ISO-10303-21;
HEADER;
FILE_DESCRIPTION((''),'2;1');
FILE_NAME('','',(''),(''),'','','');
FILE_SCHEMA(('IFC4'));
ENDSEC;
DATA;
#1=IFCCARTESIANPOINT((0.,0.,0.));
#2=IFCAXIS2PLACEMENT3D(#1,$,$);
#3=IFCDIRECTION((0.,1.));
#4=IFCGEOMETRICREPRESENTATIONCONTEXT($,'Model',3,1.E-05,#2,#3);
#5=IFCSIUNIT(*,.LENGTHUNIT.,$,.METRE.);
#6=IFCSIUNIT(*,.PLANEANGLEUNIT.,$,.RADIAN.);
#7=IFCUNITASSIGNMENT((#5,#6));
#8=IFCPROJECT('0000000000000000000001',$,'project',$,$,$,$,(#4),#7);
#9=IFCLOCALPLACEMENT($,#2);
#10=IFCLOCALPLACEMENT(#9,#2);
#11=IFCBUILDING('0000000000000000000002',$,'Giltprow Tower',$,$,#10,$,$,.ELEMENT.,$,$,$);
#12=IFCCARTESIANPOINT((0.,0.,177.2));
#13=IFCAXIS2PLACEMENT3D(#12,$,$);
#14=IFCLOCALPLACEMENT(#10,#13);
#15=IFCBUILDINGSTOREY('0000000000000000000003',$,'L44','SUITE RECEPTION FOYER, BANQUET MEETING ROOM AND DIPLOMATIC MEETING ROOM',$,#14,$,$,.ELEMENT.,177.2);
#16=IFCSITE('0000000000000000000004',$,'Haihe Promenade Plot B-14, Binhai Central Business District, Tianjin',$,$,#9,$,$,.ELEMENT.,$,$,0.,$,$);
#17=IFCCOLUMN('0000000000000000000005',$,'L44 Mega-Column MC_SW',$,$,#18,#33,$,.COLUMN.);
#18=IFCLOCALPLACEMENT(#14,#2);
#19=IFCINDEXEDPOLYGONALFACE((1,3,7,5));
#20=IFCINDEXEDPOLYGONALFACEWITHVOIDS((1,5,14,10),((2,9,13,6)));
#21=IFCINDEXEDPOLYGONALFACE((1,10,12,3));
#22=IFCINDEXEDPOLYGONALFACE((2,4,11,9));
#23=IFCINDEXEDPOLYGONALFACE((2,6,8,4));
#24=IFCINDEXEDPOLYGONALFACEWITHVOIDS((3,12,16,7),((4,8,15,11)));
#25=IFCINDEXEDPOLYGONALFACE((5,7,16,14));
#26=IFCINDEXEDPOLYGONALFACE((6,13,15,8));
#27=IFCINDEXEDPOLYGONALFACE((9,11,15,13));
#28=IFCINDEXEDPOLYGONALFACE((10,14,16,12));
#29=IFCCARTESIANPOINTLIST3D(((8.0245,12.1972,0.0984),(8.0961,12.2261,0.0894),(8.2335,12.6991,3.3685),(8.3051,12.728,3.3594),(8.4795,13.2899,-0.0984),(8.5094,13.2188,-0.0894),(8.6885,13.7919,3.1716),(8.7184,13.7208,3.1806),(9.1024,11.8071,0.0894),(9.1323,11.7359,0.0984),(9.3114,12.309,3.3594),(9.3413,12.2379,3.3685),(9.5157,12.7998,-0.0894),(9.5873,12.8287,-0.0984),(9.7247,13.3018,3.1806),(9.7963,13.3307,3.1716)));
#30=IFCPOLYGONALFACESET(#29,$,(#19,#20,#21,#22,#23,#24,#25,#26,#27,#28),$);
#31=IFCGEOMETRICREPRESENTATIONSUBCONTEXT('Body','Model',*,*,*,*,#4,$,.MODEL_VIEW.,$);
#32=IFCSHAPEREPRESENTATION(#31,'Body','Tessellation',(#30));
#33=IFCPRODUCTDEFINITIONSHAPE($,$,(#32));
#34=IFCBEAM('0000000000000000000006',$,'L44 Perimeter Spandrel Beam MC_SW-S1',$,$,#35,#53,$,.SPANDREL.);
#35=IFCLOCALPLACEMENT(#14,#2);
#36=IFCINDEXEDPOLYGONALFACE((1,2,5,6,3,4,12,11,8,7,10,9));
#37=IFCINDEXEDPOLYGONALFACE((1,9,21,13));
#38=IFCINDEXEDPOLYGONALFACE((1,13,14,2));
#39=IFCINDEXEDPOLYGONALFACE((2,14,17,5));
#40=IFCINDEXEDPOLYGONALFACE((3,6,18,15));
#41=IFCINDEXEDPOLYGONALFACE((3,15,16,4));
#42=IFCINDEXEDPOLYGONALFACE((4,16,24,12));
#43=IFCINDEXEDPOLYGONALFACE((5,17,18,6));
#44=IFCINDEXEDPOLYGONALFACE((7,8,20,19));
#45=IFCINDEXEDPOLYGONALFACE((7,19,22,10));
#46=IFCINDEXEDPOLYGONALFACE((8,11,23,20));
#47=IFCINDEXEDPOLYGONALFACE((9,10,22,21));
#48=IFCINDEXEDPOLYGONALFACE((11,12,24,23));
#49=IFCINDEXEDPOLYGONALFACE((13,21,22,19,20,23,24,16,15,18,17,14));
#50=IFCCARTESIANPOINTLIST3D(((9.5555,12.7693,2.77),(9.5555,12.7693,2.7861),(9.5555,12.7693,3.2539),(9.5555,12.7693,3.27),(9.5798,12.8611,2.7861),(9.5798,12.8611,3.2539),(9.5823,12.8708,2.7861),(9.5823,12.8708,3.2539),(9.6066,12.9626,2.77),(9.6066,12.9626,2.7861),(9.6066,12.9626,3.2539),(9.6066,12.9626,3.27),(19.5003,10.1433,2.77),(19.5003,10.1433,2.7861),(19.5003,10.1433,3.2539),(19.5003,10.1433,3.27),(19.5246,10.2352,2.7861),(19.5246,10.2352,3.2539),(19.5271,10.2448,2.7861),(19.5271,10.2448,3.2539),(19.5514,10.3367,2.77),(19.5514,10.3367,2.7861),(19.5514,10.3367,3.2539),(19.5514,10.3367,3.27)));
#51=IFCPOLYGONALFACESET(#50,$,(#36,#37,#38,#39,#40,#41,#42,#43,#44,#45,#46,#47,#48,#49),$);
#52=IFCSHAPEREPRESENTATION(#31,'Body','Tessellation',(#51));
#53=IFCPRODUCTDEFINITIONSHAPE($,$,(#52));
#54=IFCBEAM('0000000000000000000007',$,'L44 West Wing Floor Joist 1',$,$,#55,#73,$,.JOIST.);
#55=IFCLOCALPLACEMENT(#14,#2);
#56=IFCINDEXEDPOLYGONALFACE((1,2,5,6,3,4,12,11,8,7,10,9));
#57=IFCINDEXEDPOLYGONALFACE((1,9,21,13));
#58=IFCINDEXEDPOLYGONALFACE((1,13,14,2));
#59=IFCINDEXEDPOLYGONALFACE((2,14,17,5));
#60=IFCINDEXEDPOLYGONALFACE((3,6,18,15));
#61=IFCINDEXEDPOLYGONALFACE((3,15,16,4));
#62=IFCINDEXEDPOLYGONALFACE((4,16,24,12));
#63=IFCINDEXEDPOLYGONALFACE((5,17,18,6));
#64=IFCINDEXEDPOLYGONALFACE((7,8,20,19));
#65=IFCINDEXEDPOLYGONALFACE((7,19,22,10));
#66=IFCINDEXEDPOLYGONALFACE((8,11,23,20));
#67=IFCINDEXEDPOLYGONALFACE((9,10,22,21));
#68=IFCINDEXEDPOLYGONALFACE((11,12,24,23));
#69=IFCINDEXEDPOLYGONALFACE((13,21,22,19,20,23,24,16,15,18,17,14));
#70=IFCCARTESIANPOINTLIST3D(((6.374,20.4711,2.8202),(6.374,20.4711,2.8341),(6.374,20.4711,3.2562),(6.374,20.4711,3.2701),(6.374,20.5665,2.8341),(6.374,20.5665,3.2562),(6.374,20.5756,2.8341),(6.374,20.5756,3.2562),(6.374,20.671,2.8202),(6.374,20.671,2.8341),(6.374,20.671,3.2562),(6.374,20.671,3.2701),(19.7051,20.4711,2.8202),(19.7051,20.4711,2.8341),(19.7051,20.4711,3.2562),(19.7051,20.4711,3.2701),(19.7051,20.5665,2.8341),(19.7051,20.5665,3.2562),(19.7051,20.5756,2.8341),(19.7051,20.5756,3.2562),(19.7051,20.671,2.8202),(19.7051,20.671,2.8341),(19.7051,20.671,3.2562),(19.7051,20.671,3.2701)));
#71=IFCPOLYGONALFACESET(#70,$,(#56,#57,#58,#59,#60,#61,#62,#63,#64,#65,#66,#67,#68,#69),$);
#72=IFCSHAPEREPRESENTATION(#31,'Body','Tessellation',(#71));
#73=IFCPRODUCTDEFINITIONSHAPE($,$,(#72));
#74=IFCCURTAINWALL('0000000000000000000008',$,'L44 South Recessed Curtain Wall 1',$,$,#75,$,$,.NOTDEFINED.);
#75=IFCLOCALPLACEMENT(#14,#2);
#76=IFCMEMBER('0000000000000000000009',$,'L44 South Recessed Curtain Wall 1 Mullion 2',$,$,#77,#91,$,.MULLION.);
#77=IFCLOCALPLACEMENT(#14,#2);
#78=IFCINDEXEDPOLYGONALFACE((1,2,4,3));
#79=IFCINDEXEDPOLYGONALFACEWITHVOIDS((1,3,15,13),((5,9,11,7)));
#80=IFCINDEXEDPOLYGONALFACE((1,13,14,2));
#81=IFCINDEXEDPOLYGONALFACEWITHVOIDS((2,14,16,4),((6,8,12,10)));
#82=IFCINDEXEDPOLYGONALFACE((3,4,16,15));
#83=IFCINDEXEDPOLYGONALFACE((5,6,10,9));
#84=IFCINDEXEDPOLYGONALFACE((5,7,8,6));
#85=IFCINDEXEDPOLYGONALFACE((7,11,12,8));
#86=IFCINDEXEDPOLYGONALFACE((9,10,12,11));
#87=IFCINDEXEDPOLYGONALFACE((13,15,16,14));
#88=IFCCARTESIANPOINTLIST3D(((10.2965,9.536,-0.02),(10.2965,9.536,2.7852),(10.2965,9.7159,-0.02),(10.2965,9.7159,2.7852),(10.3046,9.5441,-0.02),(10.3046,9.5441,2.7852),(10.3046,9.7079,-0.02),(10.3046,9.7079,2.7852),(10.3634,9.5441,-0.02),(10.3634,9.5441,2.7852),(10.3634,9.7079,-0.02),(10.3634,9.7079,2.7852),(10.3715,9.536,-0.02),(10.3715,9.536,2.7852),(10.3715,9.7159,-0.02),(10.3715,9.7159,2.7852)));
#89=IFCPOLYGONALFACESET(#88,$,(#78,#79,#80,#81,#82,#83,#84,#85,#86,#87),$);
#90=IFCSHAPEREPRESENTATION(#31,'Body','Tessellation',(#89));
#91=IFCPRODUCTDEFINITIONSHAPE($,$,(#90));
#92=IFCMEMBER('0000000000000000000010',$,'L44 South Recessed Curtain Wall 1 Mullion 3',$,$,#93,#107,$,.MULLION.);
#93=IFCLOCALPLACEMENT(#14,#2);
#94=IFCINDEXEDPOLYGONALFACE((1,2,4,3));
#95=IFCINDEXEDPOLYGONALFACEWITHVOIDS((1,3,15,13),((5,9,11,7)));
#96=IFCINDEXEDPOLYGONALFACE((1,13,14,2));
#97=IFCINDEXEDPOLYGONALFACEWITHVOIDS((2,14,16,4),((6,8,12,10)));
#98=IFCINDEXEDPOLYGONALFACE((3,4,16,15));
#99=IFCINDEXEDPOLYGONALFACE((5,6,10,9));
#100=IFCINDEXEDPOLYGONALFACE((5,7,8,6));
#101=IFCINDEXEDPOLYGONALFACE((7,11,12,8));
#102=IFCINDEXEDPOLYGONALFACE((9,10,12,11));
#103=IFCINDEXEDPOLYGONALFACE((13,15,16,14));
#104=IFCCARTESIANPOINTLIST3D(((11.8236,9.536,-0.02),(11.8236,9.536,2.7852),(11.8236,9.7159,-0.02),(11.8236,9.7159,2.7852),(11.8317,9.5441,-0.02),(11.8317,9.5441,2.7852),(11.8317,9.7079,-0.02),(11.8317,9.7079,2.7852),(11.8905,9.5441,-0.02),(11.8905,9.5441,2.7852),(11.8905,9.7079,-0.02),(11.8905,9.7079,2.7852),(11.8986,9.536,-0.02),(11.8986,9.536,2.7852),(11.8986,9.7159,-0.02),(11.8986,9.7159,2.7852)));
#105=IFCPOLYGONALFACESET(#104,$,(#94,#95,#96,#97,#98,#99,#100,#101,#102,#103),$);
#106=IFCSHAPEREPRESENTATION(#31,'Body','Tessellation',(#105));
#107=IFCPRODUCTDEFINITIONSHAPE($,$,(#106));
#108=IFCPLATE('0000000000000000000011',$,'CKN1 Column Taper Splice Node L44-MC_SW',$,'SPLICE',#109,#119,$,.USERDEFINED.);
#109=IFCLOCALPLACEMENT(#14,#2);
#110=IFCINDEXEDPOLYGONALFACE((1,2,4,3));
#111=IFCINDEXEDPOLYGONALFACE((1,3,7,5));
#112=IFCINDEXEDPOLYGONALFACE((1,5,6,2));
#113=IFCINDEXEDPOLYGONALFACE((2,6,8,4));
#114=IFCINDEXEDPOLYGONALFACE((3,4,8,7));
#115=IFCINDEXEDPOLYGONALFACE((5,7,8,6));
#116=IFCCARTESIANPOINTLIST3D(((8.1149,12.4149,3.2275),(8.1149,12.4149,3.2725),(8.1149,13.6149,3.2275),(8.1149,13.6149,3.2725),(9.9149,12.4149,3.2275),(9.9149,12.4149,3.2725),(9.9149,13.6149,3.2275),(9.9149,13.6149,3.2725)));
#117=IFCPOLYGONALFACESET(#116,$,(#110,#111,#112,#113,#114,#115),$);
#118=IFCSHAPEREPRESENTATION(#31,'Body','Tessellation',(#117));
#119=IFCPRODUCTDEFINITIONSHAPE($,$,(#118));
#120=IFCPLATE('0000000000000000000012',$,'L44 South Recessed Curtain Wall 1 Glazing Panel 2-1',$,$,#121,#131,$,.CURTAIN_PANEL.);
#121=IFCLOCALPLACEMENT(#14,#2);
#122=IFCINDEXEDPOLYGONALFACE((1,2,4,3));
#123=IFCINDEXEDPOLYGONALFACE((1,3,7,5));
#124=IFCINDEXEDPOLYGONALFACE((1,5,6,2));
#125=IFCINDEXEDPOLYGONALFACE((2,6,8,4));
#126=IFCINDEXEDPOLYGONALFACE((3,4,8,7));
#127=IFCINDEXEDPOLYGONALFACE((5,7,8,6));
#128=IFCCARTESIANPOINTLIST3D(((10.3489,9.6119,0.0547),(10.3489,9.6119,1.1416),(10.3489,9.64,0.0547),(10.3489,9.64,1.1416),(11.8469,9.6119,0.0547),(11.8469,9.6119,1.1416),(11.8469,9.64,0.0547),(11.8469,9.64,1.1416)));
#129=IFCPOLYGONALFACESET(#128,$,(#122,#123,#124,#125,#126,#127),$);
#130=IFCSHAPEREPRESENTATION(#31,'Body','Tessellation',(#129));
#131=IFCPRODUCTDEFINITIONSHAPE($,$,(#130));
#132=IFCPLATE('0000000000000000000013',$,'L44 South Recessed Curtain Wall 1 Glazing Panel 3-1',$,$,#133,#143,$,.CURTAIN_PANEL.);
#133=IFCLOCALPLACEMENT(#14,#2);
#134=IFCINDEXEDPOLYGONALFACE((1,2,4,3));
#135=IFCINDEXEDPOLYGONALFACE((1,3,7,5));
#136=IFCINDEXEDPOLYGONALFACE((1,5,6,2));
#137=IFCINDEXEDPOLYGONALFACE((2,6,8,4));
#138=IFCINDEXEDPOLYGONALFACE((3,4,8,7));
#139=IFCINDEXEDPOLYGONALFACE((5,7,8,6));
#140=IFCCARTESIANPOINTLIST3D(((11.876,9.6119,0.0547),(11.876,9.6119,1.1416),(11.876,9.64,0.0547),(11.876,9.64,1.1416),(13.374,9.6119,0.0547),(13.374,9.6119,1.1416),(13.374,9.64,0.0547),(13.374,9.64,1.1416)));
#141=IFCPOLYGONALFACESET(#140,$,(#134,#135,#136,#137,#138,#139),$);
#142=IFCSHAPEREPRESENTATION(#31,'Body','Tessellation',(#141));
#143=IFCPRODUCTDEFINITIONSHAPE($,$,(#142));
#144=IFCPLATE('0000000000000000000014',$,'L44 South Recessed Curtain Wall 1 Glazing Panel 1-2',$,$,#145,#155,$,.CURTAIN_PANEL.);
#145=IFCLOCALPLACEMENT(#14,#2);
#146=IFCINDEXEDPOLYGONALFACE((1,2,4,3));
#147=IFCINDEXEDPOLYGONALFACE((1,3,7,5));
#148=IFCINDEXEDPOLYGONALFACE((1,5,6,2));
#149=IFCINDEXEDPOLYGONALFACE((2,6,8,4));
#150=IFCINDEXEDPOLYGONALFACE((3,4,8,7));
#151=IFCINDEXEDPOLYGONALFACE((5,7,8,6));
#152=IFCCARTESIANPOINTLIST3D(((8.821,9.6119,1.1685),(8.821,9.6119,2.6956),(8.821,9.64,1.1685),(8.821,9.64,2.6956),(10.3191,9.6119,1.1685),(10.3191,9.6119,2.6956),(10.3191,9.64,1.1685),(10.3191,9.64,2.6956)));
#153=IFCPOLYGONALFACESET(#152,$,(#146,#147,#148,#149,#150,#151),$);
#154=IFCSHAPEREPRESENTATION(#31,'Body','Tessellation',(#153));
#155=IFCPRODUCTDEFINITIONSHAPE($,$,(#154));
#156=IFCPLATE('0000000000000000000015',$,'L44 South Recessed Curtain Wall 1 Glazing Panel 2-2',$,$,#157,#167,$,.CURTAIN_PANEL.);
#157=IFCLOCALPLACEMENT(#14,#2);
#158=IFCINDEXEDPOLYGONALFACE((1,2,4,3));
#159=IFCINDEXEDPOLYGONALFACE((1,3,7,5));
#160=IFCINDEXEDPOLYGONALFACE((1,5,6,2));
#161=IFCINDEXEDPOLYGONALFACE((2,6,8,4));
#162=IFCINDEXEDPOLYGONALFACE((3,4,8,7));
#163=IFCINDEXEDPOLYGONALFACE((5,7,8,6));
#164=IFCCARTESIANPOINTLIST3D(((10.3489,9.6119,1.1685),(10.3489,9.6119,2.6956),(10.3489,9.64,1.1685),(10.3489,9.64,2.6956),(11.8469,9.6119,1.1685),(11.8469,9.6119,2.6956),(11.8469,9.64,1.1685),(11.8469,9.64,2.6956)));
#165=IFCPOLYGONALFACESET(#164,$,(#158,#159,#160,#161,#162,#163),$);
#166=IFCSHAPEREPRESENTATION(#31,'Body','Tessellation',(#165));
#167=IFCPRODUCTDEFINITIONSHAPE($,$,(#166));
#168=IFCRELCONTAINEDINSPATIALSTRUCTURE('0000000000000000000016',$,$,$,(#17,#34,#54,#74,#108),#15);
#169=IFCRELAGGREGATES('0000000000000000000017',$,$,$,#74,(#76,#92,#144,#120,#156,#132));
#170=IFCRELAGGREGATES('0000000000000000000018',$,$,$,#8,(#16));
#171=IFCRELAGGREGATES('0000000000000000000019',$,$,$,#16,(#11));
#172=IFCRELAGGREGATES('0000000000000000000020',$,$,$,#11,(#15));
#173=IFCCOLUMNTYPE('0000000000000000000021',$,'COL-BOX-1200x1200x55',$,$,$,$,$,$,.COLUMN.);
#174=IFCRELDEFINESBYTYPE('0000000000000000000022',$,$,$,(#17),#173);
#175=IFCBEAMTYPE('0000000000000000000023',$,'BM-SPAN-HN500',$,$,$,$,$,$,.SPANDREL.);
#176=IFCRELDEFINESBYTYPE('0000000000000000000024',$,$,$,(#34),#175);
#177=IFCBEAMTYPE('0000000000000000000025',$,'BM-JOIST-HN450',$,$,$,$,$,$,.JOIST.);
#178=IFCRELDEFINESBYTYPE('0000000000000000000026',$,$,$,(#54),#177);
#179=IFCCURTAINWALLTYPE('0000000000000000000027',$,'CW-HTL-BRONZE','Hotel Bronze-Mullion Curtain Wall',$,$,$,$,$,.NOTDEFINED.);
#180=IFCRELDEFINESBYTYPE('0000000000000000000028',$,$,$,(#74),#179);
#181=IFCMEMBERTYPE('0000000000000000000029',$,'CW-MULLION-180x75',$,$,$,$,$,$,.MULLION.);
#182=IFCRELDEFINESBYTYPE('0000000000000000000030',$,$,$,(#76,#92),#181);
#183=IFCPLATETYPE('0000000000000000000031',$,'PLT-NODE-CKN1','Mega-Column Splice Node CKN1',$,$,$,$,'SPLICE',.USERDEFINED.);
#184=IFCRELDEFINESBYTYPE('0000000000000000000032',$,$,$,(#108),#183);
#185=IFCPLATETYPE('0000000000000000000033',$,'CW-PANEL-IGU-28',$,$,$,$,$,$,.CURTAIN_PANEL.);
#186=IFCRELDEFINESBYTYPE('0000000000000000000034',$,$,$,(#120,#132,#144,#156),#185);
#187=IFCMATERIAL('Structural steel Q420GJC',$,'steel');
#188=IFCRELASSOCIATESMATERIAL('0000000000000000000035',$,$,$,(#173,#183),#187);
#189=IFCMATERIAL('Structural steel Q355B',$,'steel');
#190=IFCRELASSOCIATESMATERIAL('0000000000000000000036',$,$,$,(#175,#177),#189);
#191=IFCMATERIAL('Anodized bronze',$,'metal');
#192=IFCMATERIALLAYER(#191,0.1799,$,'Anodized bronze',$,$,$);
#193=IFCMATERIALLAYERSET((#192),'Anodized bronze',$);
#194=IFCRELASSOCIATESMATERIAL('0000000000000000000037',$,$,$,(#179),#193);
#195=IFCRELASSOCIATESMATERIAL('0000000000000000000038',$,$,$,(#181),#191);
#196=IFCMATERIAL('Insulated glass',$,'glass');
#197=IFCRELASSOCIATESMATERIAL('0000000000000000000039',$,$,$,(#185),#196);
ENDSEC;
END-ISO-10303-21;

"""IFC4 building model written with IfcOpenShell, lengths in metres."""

from ifc_helpers import new_model, si_unit, direction, frame, origin, origin_2d, place, context, subcontext, project, spatial, rectangle, hollow_rectangle, i_section, extrude, source, transform, mapped, material, layer, layer_set, material_profile, profile_set, type_object, element, aggregate, save


model = new_model("IFC4")

# Units and contexts
model_context = context("Model", 3, precision=1e-05, world=origin(), true_north=direction((0.0, 1.0)))
body_context = subcontext(model_context, "Body", "Model", "MODEL_VIEW")
ifc_project = project(units=[si_unit("LENGTHUNIT", "METRE"), si_unit("PLANEANGLEUNIT", "RADIAN")], contexts=[model_context])

# Site, building, storey
site_placement = place(None, origin())
site = spatial("IfcSite", under=ifc_project, at=site_placement, Name="Haihe Promenade Plot B-14, Binhai Central Business District, Tianjin", CompositionType="ELEMENT", RefElevation=0.0)
building_placement = place(site_placement, origin())
building = spatial("IfcBuilding", under=site, at=building_placement, Name="Giltprow Tower", CompositionType="ELEMENT")
storey_placement = place(building_placement, frame((0.0, 0.0, 177.2)))
storey = spatial("IfcBuildingStorey", under=building, at=storey_placement, Name="L44", Description="SUITE RECEPTION FOYER, BANQUET MEETING ROOM AND DIPLOMATIC MEETING ROOM", CompositionType="ELEMENT", Elevation=177.2)

# Column
ifc_material_1 = material(Name="Structural steel Q420GJC", Category="steel")
ifc_material_profile_1 = material_profile(ifc_material_1, hollow_rectangle(XDim=1.2, YDim=1.2, WallThickness=0.0549, at=origin_2d()), Name="BOX 1200x1200x55")
ifc_profile_set_1 = profile_set([ifc_material_profile_1], Name="Structural steel Q420GJC")
column_type = type_object("IfcColumnType", Name="COL-BOX-1200x1200x55", PredefinedType="COLUMN", material=ifc_profile_set_1)
shared_shape_1 = source(origin(), body_context, "Body", "SweptSolid", [
    extrude(hollow_rectangle(XDim=1.2, YDim=1.2, WallThickness=0.0549, at=origin_2d()), origin(), (0.0, 0.0, 1.0), 3.3149),
])
column_placement = place(storey_placement, frame((8.8059, 12.5129, 0.0), z_axis=(0.063044, 0.151423, 0.986457), x_axis=(-0.923183, 0.38436, 0.0)))
element("IfcColumn", 1, at=column_placement, inside=storey, type_object=column_type, Name="L44 Mega-Column MC_SW", PredefinedType="COLUMN", context=body_context, shape_type="MappedRepresentation", body=[
    mapped(shared_shape_1, transform((0.0, 0.0, 0.0), x_axis=(1.0, 0.0, 0.0), y_axis=(0.0, 1.0, 0.0), z_axis=(0.0, 0.0, 1.0), scale=1.0)),
])

# Beams
ifc_material_2 = material(Name="Structural steel Q355B", Category="steel")
ifc_material_profile_2 = material_profile(ifc_material_2, i_section(OverallWidth=0.2, OverallDepth=0.5, WebThickness=0.01, FlangeThickness=0.0161, at=origin_2d()), Name="HN 500x200x10x16")
ifc_profile_set_2 = profile_set([ifc_material_profile_2], Name="Structural steel Q355B")
beam_type_1 = type_object("IfcBeamType", Name="BM-SPAN-HN500", PredefinedType="SPANDREL", material=ifc_profile_set_2)
shared_shape_2 = source(origin(), body_context, "Body", "SweptSolid", [
    extrude(i_section(OverallWidth=0.2, OverallDepth=0.5, WebThickness=0.01, FlangeThickness=0.0161, at=origin_2d()), origin(), (0.0, 0.0, 1.0), 10.2856),
])
beam_1_placement = place(storey_placement, frame((9.5811, 12.866, 3.02), z_axis=(0.966861, -0.255304, 0.0), x_axis=(0.255304, 0.966861, 0.0)))
element("IfcBeam", 2, at=beam_1_placement, inside=storey, type_object=beam_type_1, Name="L44 Perimeter Spandrel Beam MC_SW-S1", PredefinedType="SPANDREL", context=body_context, shape_type="MappedRepresentation", body=[
    mapped(shared_shape_2, transform((0.0, 0.0, 0.0), x_axis=(1.0, 0.0, 0.0), y_axis=(0.0, 1.0, 0.0), z_axis=(0.0, 0.0, 1.0), scale=1.0)),
])
ifc_material_profile_3 = material_profile(ifc_material_2, i_section(OverallWidth=0.2, OverallDepth=0.45, WebThickness=0.009, FlangeThickness=0.0139, at=origin_2d()), Name="HN 450x200x9x14")
ifc_profile_set_3 = profile_set([ifc_material_profile_3], Name="Structural steel Q355B")
beam_type_2 = type_object("IfcBeamType", Name="BM-JOIST-HN450", PredefinedType="JOIST", material=ifc_profile_set_3)
shared_shape_3 = source(origin(), body_context, "Body", "SweptSolid", [
    extrude(i_section(OverallWidth=0.2, OverallDepth=0.45, WebThickness=0.009, FlangeThickness=0.0139, at=origin_2d()), origin(), (0.0, 0.0, 1.0), 13.3311),
])
beam_2_placement = place(storey_placement, frame((6.374, 20.571, 3.0452), z_axis=(1.0, 0.0, 0.0), x_axis=(0.0, 1.0, 0.0)))
element("IfcBeam", 3, at=beam_2_placement, inside=storey, type_object=beam_type_2, Name="L44 West Wing Floor Joist 1", PredefinedType="JOIST", context=body_context, shape_type="MappedRepresentation", body=[
    mapped(shared_shape_3, transform((0.0, 0.0, 0.0), x_axis=(1.0, 0.0, 0.0), y_axis=(0.0, 1.0, 0.0), z_axis=(0.0, 0.0, 1.0), scale=1.0)),
])

# Curtain wall, members
ifc_material_3 = material(Name="Anodized bronze", Category="metal")
ifc_layer_1 = layer(ifc_material_3, 0.1799, Name="Anodized bronze")
ifc_layer_set_1 = layer_set([ifc_layer_1], Name="Anodized bronze")
curtain_wall_type = type_object("IfcCurtainWallType", Name="CW-HTL-BRONZE", Description="Hotel Bronze-Mullion Curtain Wall", PredefinedType="NOTDEFINED", material=ifc_layer_set_1)
curtain_wall_placement = place(storey_placement, origin())
curtain_wall = element("IfcCurtainWall", 4, at=curtain_wall_placement, inside=storey, type_object=curtain_wall_type, Name="L44 South Recessed Curtain Wall 1", PredefinedType="NOTDEFINED")
ifc_material_profile_4 = material_profile(ifc_material_3, hollow_rectangle(XDim=0.075, YDim=0.1799, WallThickness=0.0081, at=origin_2d()), Name="RHS 180x75x8")
ifc_profile_set_4 = profile_set([ifc_material_profile_4], Name="Anodized bronze")
member_type = type_object("IfcMemberType", Name="CW-MULLION-180x75", PredefinedType="MULLION", material=ifc_profile_set_4)
shared_shape_4 = source(origin(), body_context, "Body", "SweptSolid", [
    extrude(hollow_rectangle(XDim=0.075, YDim=0.1799, WallThickness=0.0081, at=origin_2d()), origin(), (0.0, 0.0, 1.0), 2.8052),
])
member_1_placement = place(storey_placement, frame((10.334, 9.626, -0.02), z_axis=(0.0, 0.0, 1.0), x_axis=(1.0, 0.0, 0.0)))
member_1 = element("IfcMember", 5, at=member_1_placement, type_object=member_type, Name="L44 South Recessed Curtain Wall 1 Mullion 2", PredefinedType="MULLION", context=body_context, shape_type="MappedRepresentation", body=[
    mapped(shared_shape_4, transform((0.0, 0.0, 0.0), x_axis=(1.0, 0.0, 0.0), y_axis=(0.0, 1.0, 0.0), z_axis=(0.0, 0.0, 1.0), scale=1.0)),
])
member_2_placement = place(storey_placement, frame((11.8611, 9.626, -0.02), z_axis=(0.0, 0.0, 1.0), x_axis=(1.0, 0.0, 0.0)))
member_2 = element("IfcMember", 6, at=member_2_placement, type_object=member_type, Name="L44 South Recessed Curtain Wall 1 Mullion 3", PredefinedType="MULLION", context=body_context, shape_type="MappedRepresentation", body=[
    mapped(shared_shape_4, transform((0.0, 0.0, 0.0), x_axis=(1.0, 0.0, 0.0), y_axis=(0.0, 1.0, 0.0), z_axis=(0.0, 0.0, 1.0), scale=1.0)),
])

# Plates
plate_type_1 = type_object("IfcPlateType", Name="PLT-NODE-CKN1", Description="Mega-Column Splice Node CKN1", ElementType="SPLICE", PredefinedType="USERDEFINED", material=ifc_material_1)
shared_shape_5 = source(origin(), body_context, "Body", "SweptSolid", [
    extrude(rectangle(XDim=1.8, YDim=1.2, at=origin_2d()), origin(), (0.0, 0.0, 1.0), 0.0449),
])
plate_1_placement = place(storey_placement, frame((9.0149, 13.0149, 3.2275), z_axis=(0.0, 0.0, 1.0), x_axis=(1.0, 0.0, 0.0)))
element("IfcPlate", 7, at=plate_1_placement, inside=storey, type_object=plate_type_1, Name="CKN1 Column Taper Splice Node L44-MC_SW", ObjectType="SPLICE", PredefinedType="USERDEFINED", context=body_context, shape_type="MappedRepresentation", body=[
    mapped(shared_shape_5, transform((0.0, 0.0, 0.0), x_axis=(1.0, 0.0, 0.0), y_axis=(0.0, 1.0, 0.0), z_axis=(0.0, 0.0, 1.0), scale=1.0)),
])
ifc_material_4 = material(Name="Insulated glass", Category="glass")
plate_type_2 = type_object("IfcPlateType", Name="CW-PANEL-IGU-28", PredefinedType="CURTAIN_PANEL", material=ifc_material_4)
shared_shape_6 = source(origin(), body_context, "Body", "SweptSolid", [
    extrude(rectangle(XDim=1.498, YDim=0.0281, at=origin_2d()), origin(), (0.0, 0.0, 1.0), 1.0869),
])
plate_2_placement = place(storey_placement, frame((11.0979, 9.626, 0.0547), z_axis=(0.0, 0.0, 1.0), x_axis=(1.0, 0.0, 0.0)))
plate_2 = element("IfcPlate", 8, at=plate_2_placement, type_object=plate_type_2, Name="L44 South Recessed Curtain Wall 1 Glazing Panel 2-1", PredefinedType="CURTAIN_PANEL", context=body_context, shape_type="MappedRepresentation", body=[
    mapped(shared_shape_6, transform((0.0, 0.0, 0.0), x_axis=(1.0, 0.0, 0.0), y_axis=(0.0, 1.0, 0.0), z_axis=(0.0, 0.0, 1.0), scale=1.0)),
])
plate_3_placement = place(storey_placement, frame((12.625, 9.626, 0.0547), z_axis=(0.0, 0.0, 1.0), x_axis=(1.0, 0.0, 0.0)))
plate_3 = element("IfcPlate", 9, at=plate_3_placement, type_object=plate_type_2, Name="L44 South Recessed Curtain Wall 1 Glazing Panel 3-1", PredefinedType="CURTAIN_PANEL", context=body_context, shape_type="MappedRepresentation", body=[
    mapped(shared_shape_6, transform((0.0, 0.0, 0.0), x_axis=(1.0, 0.0, 0.0), y_axis=(0.0, 1.0, 0.0), z_axis=(0.0, 0.0, 1.0), scale=1.0)),
])
shared_shape_7 = source(origin(), body_context, "Body", "SweptSolid", [
    extrude(rectangle(XDim=1.498, YDim=0.0281, at=origin_2d()), origin(), (0.0, 0.0, 1.0), 1.5271),
])
plate_4_placement = place(storey_placement, frame((9.5701, 9.626, 1.1685), z_axis=(0.0, 0.0, 1.0), x_axis=(1.0, 0.0, 0.0)))
plate_4 = element("IfcPlate", 10, at=plate_4_placement, type_object=plate_type_2, Name="L44 South Recessed Curtain Wall 1 Glazing Panel 1-2", PredefinedType="CURTAIN_PANEL", context=body_context, shape_type="MappedRepresentation", body=[
    mapped(shared_shape_7, transform((0.0, 0.0, 0.0), x_axis=(1.0, 0.0, 0.0), y_axis=(0.0, 1.0, 0.0), z_axis=(0.0, 0.0, 1.0), scale=1.0)),
])
plate_5_placement = place(storey_placement, frame((11.0979, 9.626, 1.1685), z_axis=(0.0, 0.0, 1.0), x_axis=(1.0, 0.0, 0.0)))
plate_5 = element("IfcPlate", 11, at=plate_5_placement, type_object=plate_type_2, Name="L44 South Recessed Curtain Wall 1 Glazing Panel 2-2", PredefinedType="CURTAIN_PANEL", context=body_context, shape_type="MappedRepresentation", body=[
    mapped(shared_shape_7, transform((0.0, 0.0, 0.0), x_axis=(1.0, 0.0, 0.0), y_axis=(0.0, 1.0, 0.0), z_axis=(0.0, 0.0, 1.0), scale=1.0)),
])
aggregate(curtain_wall, [member_1, member_2, plate_4, plate_2, plate_5, plate_3])

save(model, "model.ifc")
